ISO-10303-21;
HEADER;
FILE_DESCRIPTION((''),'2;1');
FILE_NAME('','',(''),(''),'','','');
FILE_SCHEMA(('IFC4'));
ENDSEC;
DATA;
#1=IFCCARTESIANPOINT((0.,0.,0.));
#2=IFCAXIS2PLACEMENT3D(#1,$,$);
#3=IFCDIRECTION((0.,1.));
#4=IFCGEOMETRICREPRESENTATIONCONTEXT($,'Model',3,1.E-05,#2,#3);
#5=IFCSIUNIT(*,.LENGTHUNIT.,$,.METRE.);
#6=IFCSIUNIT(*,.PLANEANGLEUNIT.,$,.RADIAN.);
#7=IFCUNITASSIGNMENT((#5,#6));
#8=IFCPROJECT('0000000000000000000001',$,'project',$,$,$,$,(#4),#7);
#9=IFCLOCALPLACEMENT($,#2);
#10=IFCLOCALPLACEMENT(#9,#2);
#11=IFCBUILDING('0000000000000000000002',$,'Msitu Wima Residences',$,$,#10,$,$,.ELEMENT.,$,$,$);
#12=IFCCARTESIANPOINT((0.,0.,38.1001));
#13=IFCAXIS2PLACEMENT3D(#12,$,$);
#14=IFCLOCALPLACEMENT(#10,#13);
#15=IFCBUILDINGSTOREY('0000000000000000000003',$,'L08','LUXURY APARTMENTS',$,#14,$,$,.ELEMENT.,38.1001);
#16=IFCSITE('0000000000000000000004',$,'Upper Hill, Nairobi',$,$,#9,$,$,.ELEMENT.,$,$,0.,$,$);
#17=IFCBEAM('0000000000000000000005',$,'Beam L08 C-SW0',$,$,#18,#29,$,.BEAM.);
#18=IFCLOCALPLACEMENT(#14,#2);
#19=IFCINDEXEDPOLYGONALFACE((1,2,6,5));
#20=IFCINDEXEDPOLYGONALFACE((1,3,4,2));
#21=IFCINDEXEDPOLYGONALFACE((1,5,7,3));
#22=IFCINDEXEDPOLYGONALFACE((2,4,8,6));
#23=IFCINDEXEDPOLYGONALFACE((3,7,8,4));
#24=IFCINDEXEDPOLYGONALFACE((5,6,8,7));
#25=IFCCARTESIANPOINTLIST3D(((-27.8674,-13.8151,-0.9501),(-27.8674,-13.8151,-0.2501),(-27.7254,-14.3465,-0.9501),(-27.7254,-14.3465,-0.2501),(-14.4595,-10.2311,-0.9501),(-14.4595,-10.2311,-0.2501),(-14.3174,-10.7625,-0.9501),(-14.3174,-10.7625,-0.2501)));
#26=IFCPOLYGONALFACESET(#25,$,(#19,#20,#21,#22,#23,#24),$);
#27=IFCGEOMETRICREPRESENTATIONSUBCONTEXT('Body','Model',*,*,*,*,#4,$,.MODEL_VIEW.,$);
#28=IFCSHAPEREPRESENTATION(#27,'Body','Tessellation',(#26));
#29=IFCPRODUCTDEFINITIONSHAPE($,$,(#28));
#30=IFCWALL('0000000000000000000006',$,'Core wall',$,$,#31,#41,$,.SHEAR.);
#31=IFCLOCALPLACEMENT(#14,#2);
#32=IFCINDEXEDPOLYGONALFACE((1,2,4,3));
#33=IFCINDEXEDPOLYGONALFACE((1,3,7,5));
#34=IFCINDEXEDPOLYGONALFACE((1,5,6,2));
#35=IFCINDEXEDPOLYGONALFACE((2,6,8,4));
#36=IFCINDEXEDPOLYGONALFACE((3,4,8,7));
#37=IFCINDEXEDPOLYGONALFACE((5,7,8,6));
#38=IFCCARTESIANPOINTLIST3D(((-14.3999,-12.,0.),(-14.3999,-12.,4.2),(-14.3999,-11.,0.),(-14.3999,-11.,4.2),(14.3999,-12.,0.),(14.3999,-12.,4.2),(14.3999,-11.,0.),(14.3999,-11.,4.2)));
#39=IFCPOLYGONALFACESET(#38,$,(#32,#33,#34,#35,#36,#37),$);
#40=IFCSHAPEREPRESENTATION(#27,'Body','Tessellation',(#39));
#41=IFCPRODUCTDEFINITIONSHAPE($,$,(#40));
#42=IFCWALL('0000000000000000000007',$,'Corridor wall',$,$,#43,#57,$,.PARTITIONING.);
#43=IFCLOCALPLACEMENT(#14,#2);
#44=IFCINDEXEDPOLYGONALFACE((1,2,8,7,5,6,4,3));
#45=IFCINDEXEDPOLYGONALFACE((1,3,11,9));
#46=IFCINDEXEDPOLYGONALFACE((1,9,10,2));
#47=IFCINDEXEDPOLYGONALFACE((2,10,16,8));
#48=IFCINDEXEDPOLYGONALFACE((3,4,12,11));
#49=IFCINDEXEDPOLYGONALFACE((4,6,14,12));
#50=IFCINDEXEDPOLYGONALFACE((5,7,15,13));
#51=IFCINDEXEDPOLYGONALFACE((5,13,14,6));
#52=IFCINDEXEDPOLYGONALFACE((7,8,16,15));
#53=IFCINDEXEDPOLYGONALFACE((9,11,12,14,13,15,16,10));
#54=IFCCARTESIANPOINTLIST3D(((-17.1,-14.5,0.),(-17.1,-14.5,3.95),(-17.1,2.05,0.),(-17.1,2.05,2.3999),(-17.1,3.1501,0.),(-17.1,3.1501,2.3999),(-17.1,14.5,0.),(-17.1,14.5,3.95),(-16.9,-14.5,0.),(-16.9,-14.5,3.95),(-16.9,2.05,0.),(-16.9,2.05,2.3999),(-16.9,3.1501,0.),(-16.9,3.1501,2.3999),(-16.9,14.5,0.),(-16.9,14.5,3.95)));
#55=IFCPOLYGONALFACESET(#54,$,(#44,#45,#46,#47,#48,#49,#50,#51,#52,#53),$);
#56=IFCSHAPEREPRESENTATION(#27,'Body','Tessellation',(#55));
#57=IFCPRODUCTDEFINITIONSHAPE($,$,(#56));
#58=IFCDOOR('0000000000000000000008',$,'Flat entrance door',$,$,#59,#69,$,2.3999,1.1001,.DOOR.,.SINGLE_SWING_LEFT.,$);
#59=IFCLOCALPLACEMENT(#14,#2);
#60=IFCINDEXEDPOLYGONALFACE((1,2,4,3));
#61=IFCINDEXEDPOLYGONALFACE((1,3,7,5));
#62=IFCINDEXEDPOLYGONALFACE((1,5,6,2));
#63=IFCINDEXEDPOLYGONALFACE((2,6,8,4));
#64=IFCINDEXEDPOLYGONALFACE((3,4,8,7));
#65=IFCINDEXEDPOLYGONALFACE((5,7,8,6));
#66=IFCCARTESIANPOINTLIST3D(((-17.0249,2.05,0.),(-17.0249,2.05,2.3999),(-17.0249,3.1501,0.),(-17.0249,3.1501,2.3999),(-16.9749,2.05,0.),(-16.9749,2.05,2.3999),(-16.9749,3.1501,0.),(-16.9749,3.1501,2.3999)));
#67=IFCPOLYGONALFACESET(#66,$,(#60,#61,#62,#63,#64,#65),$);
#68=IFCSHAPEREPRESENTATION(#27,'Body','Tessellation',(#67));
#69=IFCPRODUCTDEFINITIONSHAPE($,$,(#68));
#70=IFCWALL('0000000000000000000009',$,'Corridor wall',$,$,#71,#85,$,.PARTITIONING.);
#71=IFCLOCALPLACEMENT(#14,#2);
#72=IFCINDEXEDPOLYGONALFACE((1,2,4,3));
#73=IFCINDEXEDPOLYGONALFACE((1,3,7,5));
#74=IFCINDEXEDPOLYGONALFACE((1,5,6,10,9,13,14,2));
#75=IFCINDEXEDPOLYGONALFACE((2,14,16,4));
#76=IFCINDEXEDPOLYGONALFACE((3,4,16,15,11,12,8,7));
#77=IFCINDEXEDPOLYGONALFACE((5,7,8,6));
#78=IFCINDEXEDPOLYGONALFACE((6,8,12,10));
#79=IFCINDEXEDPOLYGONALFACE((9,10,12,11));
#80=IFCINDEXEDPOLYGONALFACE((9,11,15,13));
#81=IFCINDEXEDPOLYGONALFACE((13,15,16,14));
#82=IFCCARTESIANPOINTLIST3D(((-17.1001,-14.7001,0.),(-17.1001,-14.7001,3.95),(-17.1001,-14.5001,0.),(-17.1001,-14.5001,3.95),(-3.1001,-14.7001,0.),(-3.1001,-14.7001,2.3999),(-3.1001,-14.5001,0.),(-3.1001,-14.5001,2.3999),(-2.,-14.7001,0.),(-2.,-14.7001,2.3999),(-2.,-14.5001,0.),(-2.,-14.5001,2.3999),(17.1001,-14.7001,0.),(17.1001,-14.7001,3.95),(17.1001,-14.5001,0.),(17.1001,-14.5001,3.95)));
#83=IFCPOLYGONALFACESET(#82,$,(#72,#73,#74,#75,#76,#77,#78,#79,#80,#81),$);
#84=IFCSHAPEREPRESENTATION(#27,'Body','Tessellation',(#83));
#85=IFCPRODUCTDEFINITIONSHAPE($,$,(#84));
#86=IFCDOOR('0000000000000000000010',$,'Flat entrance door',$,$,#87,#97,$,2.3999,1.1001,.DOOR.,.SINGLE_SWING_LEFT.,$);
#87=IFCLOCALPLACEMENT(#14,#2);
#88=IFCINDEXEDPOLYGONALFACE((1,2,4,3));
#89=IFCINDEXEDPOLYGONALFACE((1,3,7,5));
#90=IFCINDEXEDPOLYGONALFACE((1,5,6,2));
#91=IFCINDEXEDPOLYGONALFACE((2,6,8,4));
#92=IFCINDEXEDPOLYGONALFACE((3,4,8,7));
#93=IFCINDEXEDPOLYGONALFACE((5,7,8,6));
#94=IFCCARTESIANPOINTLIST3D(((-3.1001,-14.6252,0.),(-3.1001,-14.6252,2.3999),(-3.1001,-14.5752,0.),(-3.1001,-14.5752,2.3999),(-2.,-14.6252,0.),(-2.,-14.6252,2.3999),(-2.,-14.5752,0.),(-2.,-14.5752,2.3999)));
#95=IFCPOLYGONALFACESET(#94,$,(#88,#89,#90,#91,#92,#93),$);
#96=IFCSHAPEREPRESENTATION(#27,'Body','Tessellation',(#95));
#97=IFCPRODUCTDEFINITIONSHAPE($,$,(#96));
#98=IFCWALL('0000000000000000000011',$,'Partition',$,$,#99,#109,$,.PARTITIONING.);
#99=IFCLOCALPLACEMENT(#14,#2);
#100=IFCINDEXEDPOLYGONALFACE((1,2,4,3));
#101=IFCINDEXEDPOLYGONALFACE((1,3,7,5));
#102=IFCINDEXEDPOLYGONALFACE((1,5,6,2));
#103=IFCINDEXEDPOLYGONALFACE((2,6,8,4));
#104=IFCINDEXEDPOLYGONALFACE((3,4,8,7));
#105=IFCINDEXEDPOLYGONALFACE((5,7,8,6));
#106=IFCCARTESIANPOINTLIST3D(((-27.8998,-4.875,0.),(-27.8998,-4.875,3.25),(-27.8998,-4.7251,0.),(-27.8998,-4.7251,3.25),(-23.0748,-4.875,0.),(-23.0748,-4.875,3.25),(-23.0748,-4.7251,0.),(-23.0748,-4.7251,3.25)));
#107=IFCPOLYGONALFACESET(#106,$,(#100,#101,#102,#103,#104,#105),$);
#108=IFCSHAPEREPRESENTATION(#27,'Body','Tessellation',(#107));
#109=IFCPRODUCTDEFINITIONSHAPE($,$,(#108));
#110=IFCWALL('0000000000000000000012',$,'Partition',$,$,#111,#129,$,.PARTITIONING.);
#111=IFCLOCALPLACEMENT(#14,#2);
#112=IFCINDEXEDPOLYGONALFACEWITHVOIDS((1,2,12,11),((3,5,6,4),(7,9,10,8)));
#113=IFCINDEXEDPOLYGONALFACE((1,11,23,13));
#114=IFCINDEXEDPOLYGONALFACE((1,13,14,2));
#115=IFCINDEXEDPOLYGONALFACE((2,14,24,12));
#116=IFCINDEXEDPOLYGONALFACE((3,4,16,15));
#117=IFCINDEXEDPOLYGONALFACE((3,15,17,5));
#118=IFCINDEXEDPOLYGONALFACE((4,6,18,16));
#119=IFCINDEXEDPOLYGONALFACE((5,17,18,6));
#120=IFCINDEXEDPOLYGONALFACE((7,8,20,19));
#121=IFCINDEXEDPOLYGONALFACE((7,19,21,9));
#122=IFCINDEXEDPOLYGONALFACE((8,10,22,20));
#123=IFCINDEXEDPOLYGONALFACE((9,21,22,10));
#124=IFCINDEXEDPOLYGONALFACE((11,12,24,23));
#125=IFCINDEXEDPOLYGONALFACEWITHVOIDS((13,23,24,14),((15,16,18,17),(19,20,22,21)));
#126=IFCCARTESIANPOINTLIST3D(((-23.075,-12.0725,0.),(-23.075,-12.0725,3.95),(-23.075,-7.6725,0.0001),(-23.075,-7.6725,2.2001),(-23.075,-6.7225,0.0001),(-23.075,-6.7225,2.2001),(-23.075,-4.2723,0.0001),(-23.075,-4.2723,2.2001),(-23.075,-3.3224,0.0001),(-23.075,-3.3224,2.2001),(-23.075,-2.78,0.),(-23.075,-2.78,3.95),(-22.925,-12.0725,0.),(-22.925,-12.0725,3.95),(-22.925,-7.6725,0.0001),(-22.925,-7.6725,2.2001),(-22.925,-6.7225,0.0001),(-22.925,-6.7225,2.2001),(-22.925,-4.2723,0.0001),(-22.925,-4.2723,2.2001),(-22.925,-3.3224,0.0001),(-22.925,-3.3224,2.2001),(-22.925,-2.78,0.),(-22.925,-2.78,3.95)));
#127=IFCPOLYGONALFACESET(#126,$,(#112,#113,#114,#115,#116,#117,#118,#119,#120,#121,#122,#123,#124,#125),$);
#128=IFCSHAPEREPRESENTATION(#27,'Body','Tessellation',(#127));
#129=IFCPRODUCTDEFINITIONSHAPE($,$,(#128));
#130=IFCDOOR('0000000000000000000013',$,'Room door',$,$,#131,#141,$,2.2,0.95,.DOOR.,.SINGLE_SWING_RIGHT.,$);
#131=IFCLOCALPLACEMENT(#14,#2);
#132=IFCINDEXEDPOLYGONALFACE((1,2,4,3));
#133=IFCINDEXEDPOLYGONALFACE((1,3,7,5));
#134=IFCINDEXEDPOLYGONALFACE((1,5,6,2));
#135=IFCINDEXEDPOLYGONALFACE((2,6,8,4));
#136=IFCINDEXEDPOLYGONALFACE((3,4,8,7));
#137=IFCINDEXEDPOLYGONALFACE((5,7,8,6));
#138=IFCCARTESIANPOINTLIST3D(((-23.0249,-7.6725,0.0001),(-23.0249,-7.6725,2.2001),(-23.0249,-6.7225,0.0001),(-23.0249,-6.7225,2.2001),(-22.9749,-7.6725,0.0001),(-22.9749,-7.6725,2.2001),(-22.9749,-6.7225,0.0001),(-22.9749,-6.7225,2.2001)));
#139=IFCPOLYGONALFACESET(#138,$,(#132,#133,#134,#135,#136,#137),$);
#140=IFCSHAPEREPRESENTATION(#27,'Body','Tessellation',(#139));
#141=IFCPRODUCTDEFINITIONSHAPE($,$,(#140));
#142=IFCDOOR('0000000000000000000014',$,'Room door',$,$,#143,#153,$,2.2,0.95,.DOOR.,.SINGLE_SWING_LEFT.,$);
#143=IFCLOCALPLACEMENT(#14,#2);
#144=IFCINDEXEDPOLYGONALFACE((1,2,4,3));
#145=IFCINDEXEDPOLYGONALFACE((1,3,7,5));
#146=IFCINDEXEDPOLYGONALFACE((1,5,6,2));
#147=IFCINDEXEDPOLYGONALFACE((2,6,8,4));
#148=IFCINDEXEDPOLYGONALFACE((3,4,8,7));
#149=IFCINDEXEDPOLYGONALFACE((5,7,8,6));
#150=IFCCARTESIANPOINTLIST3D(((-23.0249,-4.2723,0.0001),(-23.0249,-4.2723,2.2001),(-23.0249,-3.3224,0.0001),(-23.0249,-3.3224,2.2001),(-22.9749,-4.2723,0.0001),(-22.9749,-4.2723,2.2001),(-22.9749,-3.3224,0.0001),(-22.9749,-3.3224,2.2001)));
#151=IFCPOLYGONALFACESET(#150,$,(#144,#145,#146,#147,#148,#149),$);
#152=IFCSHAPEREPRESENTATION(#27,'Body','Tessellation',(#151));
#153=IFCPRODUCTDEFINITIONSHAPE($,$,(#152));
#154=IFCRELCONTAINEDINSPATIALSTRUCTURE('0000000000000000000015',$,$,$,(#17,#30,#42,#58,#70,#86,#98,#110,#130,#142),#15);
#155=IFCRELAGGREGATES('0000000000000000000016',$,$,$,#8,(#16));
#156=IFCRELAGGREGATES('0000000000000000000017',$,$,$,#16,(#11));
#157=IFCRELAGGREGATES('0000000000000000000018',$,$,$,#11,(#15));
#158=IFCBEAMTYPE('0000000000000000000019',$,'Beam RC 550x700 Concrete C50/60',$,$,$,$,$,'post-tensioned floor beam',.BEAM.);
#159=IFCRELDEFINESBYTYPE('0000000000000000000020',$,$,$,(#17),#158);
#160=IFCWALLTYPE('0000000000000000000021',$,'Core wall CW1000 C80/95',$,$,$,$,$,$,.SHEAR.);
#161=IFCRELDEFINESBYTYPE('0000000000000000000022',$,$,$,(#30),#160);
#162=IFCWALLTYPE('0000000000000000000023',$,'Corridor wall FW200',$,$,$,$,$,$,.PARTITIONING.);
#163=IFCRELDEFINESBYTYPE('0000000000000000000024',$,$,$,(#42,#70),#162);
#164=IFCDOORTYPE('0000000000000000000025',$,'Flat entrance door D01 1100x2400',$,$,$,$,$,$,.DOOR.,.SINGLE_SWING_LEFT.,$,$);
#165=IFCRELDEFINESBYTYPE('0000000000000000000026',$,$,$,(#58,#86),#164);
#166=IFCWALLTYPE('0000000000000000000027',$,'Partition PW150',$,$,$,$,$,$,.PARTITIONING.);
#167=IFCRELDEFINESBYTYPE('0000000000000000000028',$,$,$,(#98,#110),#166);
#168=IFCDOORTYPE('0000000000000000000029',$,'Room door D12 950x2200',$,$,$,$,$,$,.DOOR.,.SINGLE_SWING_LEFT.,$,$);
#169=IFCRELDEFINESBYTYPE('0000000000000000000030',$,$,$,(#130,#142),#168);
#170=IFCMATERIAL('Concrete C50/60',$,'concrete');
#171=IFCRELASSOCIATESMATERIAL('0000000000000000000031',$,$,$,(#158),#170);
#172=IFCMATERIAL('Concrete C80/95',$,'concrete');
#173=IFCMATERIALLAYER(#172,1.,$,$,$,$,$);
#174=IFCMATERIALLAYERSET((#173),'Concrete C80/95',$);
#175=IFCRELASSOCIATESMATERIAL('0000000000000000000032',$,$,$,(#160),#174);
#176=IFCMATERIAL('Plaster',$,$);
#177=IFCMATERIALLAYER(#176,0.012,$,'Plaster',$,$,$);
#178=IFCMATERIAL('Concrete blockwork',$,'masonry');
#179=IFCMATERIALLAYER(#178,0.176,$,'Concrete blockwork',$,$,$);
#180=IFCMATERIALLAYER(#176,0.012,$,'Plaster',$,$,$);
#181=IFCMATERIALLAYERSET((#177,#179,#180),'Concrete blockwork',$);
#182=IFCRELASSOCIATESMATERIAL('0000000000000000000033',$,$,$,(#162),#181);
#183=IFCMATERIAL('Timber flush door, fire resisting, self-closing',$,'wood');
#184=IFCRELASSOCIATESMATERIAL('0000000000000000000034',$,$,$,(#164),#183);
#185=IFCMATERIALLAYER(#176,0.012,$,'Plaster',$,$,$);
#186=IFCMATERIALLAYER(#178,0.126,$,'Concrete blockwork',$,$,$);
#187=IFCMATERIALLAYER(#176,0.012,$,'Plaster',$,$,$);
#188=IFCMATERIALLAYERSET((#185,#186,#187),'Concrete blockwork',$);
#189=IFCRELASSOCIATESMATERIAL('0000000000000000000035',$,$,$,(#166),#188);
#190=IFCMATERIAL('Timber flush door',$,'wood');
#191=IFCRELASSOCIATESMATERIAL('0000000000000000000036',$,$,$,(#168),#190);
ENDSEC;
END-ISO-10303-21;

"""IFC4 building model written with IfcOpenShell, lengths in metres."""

from ifc_helpers import new_model, si_unit, direction, frame, frame_2d, origin, origin_2d, place, context, subcontext, project, spatial, rectangle, extrude, material, layer, layer_set, material_profile, profile_set, type_object, element, fill, save


model = new_model("IFC4")

# Units and contexts
model_context = context("Model", 3, precision=1e-05, world=origin(), true_north=direction((0.0, 1.0)))
body_context = subcontext(model_context, "Body", "Model", "MODEL_VIEW")
ifc_project = project(units=[si_unit("LENGTHUNIT", "METRE"), si_unit("PLANEANGLEUNIT", "RADIAN")], contexts=[model_context])

# Site, building, storey
site_placement = place(None, origin())
site = spatial("IfcSite", under=ifc_project, at=site_placement, Name="Upper Hill, Nairobi", CompositionType="ELEMENT", RefElevation=0.0)
building_placement = place(site_placement, origin())
building = spatial("IfcBuilding", under=site, at=building_placement, Name="Msitu Wima Residences", CompositionType="ELEMENT")
storey_placement = place(building_placement, frame((0.0, 0.0, 38.1001)))
storey = spatial("IfcBuildingStorey", under=building, at=storey_placement, Name="L08", Description="LUXURY APARTMENTS", CompositionType="ELEMENT", Elevation=38.1001)

# Beam
ifc_material_1 = material(Name="Concrete C50/60", Category="concrete")
ifc_material_profile = material_profile(ifc_material_1, rectangle(XDim=0.55, YDim=0.7, at=origin_2d()), Name="RC 550x700")
ifc_profile_set = profile_set([ifc_material_profile], Name="Concrete C50/60")
beam_type = type_object("IfcBeamType", Name="Beam RC 550x700 Concrete C50/60", ElementType="post-tensioned floor beam", PredefinedType="BEAM", material=ifc_profile_set)
beam_placement = place(storey_placement, frame((-27.7964, -14.0808, -0.6001), z_axis=(0.966082, 0.258236, 0.0), x_axis=(-0.258236, 0.966082, 0.0)))
element("IfcBeam", 1, at=beam_placement, inside=storey, type_object=beam_type, Name="Beam L08 C-SW0", PredefinedType="BEAM", context=body_context, shape_type="SweptSolid", body=[
    extrude(rectangle(XDim=0.55, YDim=0.7, at=origin_2d()), origin(), (0.0, 0.0, 1.0), 13.8787),
])

# Wall
ifc_material_2 = material(Name="Concrete C80/95", Category="concrete")
ifc_layer_1 = layer(ifc_material_2, 1.0)
ifc_layer_set_1 = layer_set([ifc_layer_1], Name="Concrete C80/95")
wall_type_1 = type_object("IfcWallType", Name="Core wall CW1000 C80/95", PredefinedType="SHEAR", material=ifc_layer_set_1)
wall_1_placement = place(storey_placement, frame((-14.3999, -11.5, 0.0), z_axis=(0.0, 0.0, 1.0), x_axis=(1.0, 0.0, 0.0)))
element("IfcWall", 2, at=wall_1_placement, inside=storey, type_object=wall_type_1, Name="Core wall", PredefinedType="SHEAR", context=body_context, shape_type="SweptSolid", body=[
    extrude(rectangle(XDim=28.7998, YDim=1.0, at=frame_2d((14.3999, 0.0))), origin(), (0.0, 0.0, 1.0), 4.2),
])

# Walls, openings, doors
ifc_material_3 = material(Name="Plaster")
ifc_layer_2 = layer(ifc_material_3, 0.012, Name="Plaster")
ifc_material_4 = material(Name="Concrete blockwork", Category="masonry")
ifc_layer_3 = layer(ifc_material_4, 0.176, Name="Concrete blockwork")
ifc_layer_4 = layer(ifc_material_3, 0.012, Name="Plaster")
ifc_layer_set_2 = layer_set([ifc_layer_2, ifc_layer_3, ifc_layer_4], Name="Concrete blockwork")
wall_type_2 = type_object("IfcWallType", Name="Corridor wall FW200", PredefinedType="PARTITIONING", material=ifc_layer_set_2)
wall_2_placement = place(storey_placement, frame((-17.0, -14.5, 0.0), z_axis=(0.0, 0.0, 1.0), x_axis=(0.0, 1.0, 0.0)))
wall_2 = element("IfcWall", 3, at=wall_2_placement, inside=storey, type_object=wall_type_2, Name="Corridor wall", PredefinedType="PARTITIONING", context=body_context, shape_type="SweptSolid", body=[
    extrude(rectangle(XDim=29.0, YDim=0.2, at=frame_2d((14.5, 0.0))), origin(), (0.0, 0.0, 1.0), 3.95),
])
opening_1_placement = place(wall_2_placement, frame((16.55, 0.0, 0.0)))
opening_1 = element("IfcOpeningElement", 4, at=opening_1_placement, cuts=wall_2, PredefinedType="OPENING", context=body_context, shape_type="SweptSolid", body=[
    extrude(rectangle(XDim=1.1001, YDim=2.3999, at=frame_2d((0.55, 1.2))), frame((0.0, 0.1099, 0.0), z_axis=(0.0, -1.0, 0.0), x_axis=(1.0, 0.0, 0.0)), (0.0, 0.0, 1.0), 0.22),
])
ifc_material_5 = material(Name="Timber flush door, fire resisting, self-closing", Category="wood")
door_type_1 = type_object("IfcDoorType", Name="Flat entrance door D01 1100x2400", OperationType="SINGLE_SWING_LEFT", PredefinedType="DOOR", material=ifc_material_5)
door_1_placement = place(opening_1_placement, origin())
door_1 = element("IfcDoor", 5, at=door_1_placement, inside=storey, type_object=door_type_1, Name="Flat entrance door", OperationType="SINGLE_SWING_LEFT", OverallHeight=2.3999, OverallWidth=1.1001, PredefinedType="DOOR", context=body_context, shape_type="SweptSolid", body=[
    extrude(rectangle(XDim=1.1001, YDim=2.3999, at=frame_2d((0.55, 1.2))), frame((0.0, 0.0249, 0.0), z_axis=(0.0, -1.0, 0.0), x_axis=(1.0, 0.0, 0.0)), (0.0, 0.0, 1.0), 0.05),
])
fill(opening_1, door_1)
wall_3_placement = place(storey_placement, frame((-17.1001, -14.6001, 0.0), z_axis=(0.0, 0.0, 1.0), x_axis=(1.0, 0.0, 0.0)))
wall_3 = element("IfcWall", 6, at=wall_3_placement, inside=storey, type_object=wall_type_2, Name="Corridor wall", PredefinedType="PARTITIONING", context=body_context, shape_type="SweptSolid", body=[
    extrude(rectangle(XDim=34.2002, YDim=0.2, at=frame_2d((17.1001, 0.0))), origin(), (0.0, 0.0, 1.0), 3.95),
])
opening_2_placement = place(wall_3_placement, frame((14.0, 0.0, 0.0)))
opening_2 = element("IfcOpeningElement", 7, at=opening_2_placement, cuts=wall_3, PredefinedType="OPENING", context=body_context, shape_type="SweptSolid", body=[
    extrude(rectangle(XDim=1.1001, YDim=2.3999, at=frame_2d((0.55, 1.2))), frame((0.0, 0.1099, 0.0), z_axis=(0.0, -1.0, 0.0), x_axis=(1.0, 0.0, 0.0)), (0.0, 0.0, 1.0), 0.22),
])
door_2_placement = place(opening_2_placement, origin())
door_2 = element("IfcDoor", 8, at=door_2_placement, inside=storey, type_object=door_type_1, Name="Flat entrance door", OperationType="SINGLE_SWING_LEFT", OverallHeight=2.3999, OverallWidth=1.1001, PredefinedType="DOOR", context=body_context, shape_type="SweptSolid", body=[
    extrude(rectangle(XDim=1.1001, YDim=2.3999, at=frame_2d((0.55, 1.2))), frame((0.0, 0.0249, 0.0), z_axis=(0.0, -1.0, 0.0), x_axis=(1.0, 0.0, 0.0)), (0.0, 0.0, 1.0), 0.05),
])
fill(opening_2, door_2)

# Wall
ifc_layer_5 = layer(ifc_material_3, 0.012, Name="Plaster")
ifc_layer_6 = layer(ifc_material_4, 0.126, Name="Concrete blockwork")
ifc_layer_7 = layer(ifc_material_3, 0.012, Name="Plaster")
ifc_layer_set_3 = layer_set([ifc_layer_5, ifc_layer_6, ifc_layer_7], Name="Concrete blockwork")
wall_type_3 = type_object("IfcWallType", Name="Partition PW150", PredefinedType="PARTITIONING", material=ifc_layer_set_3)
wall_4_placement = place(storey_placement, frame((-27.8999, -4.8, 0.0), z_axis=(0.0, 0.0, 1.0), x_axis=(1.0, 0.0, 0.0)))
element("IfcWall", 9, at=wall_4_placement, inside=storey, type_object=wall_type_3, Name="Partition", PredefinedType="PARTITIONING", context=body_context, shape_type="SweptSolid", body=[
    extrude(rectangle(XDim=4.825, YDim=0.1499, at=frame_2d((2.4126, 0.0))), origin(), (0.0, 0.0, 1.0), 3.25),
])

# Wall, openings, doors
wall_5_placement = place(storey_placement, frame((-23.0, -12.0725, 0.0), z_axis=(0.0, 0.0, 1.0), x_axis=(0.0, 1.0, 0.0)))
wall_5 = element("IfcWall", 10, at=wall_5_placement, inside=storey, type_object=wall_type_3, Name="Partition", PredefinedType="PARTITIONING", context=body_context, shape_type="SweptSolid", body=[
    extrude(rectangle(XDim=9.2925, YDim=0.1499, at=frame_2d((4.6462, 0.0))), origin(), (0.0, 0.0, 1.0), 3.95),
])
opening_3_placement = place(wall_5_placement, frame((4.3999, 0.0, 0.0)))
opening_3 = element("IfcOpeningElement", 11, at=opening_3_placement, cuts=wall_5, PredefinedType="OPENING", context=body_context, shape_type="SweptSolid", body=[
    extrude(rectangle(XDim=0.95, YDim=2.2, at=frame_2d((0.4751, 1.1001))), frame((0.0, 0.085, 0.0), z_axis=(0.0, -1.0, 0.0), x_axis=(1.0, 0.0, 0.0)), (0.0, 0.0, 1.0), 0.1699),
])
opening_4_placement = place(wall_5_placement, frame((7.8, 0.0, 0.0)))
opening_4 = element("IfcOpeningElement", 12, at=opening_4_placement, cuts=wall_5, PredefinedType="OPENING", context=body_context, shape_type="SweptSolid", body=[
    extrude(rectangle(XDim=0.95, YDim=2.2, at=frame_2d((0.4751, 1.1001))), frame((0.0, 0.085, 0.0), z_axis=(0.0, -1.0, 0.0), x_axis=(1.0, 0.0, 0.0)), (0.0, 0.0, 1.0), 0.1699),
])
ifc_material_6 = material(Name="Timber flush door", Category="wood")
door_type_2 = type_object("IfcDoorType", Name="Room door D12 950x2200", OperationType="SINGLE_SWING_LEFT", PredefinedType="DOOR", material=ifc_material_6)
door_3_placement = place(opening_3_placement, origin())
door_3 = element("IfcDoor", 13, at=door_3_placement, inside=storey, type_object=door_type_2, Name="Room door", OperationType="SINGLE_SWING_RIGHT", OverallHeight=2.2, OverallWidth=0.95, PredefinedType="DOOR", context=body_context, shape_type="SweptSolid", body=[
    extrude(rectangle(XDim=0.95, YDim=2.2, at=frame_2d((0.4751, 1.1001))), frame((0.0, 0.0249, 0.0), z_axis=(0.0, -1.0, 0.0), x_axis=(1.0, 0.0, 0.0)), (0.0, 0.0, 1.0), 0.05),
])
fill(opening_3, door_3)
door_4_placement = place(opening_4_placement, origin())
door_4 = element("IfcDoor", 14, at=door_4_placement, inside=storey, type_object=door_type_2, Name="Room door", OperationType="SINGLE_SWING_LEFT", OverallHeight=2.2, OverallWidth=0.95, PredefinedType="DOOR", context=body_context, shape_type="SweptSolid", body=[
    extrude(rectangle(XDim=0.95, YDim=2.2, at=frame_2d((0.4751, 1.1001))), frame((0.0, 0.0249, 0.0), z_axis=(0.0, -1.0, 0.0), x_axis=(1.0, 0.0, 0.0)), (0.0, 0.0, 1.0), 0.05),
])
fill(opening_4, door_4)

save(model, "model.ifc")
